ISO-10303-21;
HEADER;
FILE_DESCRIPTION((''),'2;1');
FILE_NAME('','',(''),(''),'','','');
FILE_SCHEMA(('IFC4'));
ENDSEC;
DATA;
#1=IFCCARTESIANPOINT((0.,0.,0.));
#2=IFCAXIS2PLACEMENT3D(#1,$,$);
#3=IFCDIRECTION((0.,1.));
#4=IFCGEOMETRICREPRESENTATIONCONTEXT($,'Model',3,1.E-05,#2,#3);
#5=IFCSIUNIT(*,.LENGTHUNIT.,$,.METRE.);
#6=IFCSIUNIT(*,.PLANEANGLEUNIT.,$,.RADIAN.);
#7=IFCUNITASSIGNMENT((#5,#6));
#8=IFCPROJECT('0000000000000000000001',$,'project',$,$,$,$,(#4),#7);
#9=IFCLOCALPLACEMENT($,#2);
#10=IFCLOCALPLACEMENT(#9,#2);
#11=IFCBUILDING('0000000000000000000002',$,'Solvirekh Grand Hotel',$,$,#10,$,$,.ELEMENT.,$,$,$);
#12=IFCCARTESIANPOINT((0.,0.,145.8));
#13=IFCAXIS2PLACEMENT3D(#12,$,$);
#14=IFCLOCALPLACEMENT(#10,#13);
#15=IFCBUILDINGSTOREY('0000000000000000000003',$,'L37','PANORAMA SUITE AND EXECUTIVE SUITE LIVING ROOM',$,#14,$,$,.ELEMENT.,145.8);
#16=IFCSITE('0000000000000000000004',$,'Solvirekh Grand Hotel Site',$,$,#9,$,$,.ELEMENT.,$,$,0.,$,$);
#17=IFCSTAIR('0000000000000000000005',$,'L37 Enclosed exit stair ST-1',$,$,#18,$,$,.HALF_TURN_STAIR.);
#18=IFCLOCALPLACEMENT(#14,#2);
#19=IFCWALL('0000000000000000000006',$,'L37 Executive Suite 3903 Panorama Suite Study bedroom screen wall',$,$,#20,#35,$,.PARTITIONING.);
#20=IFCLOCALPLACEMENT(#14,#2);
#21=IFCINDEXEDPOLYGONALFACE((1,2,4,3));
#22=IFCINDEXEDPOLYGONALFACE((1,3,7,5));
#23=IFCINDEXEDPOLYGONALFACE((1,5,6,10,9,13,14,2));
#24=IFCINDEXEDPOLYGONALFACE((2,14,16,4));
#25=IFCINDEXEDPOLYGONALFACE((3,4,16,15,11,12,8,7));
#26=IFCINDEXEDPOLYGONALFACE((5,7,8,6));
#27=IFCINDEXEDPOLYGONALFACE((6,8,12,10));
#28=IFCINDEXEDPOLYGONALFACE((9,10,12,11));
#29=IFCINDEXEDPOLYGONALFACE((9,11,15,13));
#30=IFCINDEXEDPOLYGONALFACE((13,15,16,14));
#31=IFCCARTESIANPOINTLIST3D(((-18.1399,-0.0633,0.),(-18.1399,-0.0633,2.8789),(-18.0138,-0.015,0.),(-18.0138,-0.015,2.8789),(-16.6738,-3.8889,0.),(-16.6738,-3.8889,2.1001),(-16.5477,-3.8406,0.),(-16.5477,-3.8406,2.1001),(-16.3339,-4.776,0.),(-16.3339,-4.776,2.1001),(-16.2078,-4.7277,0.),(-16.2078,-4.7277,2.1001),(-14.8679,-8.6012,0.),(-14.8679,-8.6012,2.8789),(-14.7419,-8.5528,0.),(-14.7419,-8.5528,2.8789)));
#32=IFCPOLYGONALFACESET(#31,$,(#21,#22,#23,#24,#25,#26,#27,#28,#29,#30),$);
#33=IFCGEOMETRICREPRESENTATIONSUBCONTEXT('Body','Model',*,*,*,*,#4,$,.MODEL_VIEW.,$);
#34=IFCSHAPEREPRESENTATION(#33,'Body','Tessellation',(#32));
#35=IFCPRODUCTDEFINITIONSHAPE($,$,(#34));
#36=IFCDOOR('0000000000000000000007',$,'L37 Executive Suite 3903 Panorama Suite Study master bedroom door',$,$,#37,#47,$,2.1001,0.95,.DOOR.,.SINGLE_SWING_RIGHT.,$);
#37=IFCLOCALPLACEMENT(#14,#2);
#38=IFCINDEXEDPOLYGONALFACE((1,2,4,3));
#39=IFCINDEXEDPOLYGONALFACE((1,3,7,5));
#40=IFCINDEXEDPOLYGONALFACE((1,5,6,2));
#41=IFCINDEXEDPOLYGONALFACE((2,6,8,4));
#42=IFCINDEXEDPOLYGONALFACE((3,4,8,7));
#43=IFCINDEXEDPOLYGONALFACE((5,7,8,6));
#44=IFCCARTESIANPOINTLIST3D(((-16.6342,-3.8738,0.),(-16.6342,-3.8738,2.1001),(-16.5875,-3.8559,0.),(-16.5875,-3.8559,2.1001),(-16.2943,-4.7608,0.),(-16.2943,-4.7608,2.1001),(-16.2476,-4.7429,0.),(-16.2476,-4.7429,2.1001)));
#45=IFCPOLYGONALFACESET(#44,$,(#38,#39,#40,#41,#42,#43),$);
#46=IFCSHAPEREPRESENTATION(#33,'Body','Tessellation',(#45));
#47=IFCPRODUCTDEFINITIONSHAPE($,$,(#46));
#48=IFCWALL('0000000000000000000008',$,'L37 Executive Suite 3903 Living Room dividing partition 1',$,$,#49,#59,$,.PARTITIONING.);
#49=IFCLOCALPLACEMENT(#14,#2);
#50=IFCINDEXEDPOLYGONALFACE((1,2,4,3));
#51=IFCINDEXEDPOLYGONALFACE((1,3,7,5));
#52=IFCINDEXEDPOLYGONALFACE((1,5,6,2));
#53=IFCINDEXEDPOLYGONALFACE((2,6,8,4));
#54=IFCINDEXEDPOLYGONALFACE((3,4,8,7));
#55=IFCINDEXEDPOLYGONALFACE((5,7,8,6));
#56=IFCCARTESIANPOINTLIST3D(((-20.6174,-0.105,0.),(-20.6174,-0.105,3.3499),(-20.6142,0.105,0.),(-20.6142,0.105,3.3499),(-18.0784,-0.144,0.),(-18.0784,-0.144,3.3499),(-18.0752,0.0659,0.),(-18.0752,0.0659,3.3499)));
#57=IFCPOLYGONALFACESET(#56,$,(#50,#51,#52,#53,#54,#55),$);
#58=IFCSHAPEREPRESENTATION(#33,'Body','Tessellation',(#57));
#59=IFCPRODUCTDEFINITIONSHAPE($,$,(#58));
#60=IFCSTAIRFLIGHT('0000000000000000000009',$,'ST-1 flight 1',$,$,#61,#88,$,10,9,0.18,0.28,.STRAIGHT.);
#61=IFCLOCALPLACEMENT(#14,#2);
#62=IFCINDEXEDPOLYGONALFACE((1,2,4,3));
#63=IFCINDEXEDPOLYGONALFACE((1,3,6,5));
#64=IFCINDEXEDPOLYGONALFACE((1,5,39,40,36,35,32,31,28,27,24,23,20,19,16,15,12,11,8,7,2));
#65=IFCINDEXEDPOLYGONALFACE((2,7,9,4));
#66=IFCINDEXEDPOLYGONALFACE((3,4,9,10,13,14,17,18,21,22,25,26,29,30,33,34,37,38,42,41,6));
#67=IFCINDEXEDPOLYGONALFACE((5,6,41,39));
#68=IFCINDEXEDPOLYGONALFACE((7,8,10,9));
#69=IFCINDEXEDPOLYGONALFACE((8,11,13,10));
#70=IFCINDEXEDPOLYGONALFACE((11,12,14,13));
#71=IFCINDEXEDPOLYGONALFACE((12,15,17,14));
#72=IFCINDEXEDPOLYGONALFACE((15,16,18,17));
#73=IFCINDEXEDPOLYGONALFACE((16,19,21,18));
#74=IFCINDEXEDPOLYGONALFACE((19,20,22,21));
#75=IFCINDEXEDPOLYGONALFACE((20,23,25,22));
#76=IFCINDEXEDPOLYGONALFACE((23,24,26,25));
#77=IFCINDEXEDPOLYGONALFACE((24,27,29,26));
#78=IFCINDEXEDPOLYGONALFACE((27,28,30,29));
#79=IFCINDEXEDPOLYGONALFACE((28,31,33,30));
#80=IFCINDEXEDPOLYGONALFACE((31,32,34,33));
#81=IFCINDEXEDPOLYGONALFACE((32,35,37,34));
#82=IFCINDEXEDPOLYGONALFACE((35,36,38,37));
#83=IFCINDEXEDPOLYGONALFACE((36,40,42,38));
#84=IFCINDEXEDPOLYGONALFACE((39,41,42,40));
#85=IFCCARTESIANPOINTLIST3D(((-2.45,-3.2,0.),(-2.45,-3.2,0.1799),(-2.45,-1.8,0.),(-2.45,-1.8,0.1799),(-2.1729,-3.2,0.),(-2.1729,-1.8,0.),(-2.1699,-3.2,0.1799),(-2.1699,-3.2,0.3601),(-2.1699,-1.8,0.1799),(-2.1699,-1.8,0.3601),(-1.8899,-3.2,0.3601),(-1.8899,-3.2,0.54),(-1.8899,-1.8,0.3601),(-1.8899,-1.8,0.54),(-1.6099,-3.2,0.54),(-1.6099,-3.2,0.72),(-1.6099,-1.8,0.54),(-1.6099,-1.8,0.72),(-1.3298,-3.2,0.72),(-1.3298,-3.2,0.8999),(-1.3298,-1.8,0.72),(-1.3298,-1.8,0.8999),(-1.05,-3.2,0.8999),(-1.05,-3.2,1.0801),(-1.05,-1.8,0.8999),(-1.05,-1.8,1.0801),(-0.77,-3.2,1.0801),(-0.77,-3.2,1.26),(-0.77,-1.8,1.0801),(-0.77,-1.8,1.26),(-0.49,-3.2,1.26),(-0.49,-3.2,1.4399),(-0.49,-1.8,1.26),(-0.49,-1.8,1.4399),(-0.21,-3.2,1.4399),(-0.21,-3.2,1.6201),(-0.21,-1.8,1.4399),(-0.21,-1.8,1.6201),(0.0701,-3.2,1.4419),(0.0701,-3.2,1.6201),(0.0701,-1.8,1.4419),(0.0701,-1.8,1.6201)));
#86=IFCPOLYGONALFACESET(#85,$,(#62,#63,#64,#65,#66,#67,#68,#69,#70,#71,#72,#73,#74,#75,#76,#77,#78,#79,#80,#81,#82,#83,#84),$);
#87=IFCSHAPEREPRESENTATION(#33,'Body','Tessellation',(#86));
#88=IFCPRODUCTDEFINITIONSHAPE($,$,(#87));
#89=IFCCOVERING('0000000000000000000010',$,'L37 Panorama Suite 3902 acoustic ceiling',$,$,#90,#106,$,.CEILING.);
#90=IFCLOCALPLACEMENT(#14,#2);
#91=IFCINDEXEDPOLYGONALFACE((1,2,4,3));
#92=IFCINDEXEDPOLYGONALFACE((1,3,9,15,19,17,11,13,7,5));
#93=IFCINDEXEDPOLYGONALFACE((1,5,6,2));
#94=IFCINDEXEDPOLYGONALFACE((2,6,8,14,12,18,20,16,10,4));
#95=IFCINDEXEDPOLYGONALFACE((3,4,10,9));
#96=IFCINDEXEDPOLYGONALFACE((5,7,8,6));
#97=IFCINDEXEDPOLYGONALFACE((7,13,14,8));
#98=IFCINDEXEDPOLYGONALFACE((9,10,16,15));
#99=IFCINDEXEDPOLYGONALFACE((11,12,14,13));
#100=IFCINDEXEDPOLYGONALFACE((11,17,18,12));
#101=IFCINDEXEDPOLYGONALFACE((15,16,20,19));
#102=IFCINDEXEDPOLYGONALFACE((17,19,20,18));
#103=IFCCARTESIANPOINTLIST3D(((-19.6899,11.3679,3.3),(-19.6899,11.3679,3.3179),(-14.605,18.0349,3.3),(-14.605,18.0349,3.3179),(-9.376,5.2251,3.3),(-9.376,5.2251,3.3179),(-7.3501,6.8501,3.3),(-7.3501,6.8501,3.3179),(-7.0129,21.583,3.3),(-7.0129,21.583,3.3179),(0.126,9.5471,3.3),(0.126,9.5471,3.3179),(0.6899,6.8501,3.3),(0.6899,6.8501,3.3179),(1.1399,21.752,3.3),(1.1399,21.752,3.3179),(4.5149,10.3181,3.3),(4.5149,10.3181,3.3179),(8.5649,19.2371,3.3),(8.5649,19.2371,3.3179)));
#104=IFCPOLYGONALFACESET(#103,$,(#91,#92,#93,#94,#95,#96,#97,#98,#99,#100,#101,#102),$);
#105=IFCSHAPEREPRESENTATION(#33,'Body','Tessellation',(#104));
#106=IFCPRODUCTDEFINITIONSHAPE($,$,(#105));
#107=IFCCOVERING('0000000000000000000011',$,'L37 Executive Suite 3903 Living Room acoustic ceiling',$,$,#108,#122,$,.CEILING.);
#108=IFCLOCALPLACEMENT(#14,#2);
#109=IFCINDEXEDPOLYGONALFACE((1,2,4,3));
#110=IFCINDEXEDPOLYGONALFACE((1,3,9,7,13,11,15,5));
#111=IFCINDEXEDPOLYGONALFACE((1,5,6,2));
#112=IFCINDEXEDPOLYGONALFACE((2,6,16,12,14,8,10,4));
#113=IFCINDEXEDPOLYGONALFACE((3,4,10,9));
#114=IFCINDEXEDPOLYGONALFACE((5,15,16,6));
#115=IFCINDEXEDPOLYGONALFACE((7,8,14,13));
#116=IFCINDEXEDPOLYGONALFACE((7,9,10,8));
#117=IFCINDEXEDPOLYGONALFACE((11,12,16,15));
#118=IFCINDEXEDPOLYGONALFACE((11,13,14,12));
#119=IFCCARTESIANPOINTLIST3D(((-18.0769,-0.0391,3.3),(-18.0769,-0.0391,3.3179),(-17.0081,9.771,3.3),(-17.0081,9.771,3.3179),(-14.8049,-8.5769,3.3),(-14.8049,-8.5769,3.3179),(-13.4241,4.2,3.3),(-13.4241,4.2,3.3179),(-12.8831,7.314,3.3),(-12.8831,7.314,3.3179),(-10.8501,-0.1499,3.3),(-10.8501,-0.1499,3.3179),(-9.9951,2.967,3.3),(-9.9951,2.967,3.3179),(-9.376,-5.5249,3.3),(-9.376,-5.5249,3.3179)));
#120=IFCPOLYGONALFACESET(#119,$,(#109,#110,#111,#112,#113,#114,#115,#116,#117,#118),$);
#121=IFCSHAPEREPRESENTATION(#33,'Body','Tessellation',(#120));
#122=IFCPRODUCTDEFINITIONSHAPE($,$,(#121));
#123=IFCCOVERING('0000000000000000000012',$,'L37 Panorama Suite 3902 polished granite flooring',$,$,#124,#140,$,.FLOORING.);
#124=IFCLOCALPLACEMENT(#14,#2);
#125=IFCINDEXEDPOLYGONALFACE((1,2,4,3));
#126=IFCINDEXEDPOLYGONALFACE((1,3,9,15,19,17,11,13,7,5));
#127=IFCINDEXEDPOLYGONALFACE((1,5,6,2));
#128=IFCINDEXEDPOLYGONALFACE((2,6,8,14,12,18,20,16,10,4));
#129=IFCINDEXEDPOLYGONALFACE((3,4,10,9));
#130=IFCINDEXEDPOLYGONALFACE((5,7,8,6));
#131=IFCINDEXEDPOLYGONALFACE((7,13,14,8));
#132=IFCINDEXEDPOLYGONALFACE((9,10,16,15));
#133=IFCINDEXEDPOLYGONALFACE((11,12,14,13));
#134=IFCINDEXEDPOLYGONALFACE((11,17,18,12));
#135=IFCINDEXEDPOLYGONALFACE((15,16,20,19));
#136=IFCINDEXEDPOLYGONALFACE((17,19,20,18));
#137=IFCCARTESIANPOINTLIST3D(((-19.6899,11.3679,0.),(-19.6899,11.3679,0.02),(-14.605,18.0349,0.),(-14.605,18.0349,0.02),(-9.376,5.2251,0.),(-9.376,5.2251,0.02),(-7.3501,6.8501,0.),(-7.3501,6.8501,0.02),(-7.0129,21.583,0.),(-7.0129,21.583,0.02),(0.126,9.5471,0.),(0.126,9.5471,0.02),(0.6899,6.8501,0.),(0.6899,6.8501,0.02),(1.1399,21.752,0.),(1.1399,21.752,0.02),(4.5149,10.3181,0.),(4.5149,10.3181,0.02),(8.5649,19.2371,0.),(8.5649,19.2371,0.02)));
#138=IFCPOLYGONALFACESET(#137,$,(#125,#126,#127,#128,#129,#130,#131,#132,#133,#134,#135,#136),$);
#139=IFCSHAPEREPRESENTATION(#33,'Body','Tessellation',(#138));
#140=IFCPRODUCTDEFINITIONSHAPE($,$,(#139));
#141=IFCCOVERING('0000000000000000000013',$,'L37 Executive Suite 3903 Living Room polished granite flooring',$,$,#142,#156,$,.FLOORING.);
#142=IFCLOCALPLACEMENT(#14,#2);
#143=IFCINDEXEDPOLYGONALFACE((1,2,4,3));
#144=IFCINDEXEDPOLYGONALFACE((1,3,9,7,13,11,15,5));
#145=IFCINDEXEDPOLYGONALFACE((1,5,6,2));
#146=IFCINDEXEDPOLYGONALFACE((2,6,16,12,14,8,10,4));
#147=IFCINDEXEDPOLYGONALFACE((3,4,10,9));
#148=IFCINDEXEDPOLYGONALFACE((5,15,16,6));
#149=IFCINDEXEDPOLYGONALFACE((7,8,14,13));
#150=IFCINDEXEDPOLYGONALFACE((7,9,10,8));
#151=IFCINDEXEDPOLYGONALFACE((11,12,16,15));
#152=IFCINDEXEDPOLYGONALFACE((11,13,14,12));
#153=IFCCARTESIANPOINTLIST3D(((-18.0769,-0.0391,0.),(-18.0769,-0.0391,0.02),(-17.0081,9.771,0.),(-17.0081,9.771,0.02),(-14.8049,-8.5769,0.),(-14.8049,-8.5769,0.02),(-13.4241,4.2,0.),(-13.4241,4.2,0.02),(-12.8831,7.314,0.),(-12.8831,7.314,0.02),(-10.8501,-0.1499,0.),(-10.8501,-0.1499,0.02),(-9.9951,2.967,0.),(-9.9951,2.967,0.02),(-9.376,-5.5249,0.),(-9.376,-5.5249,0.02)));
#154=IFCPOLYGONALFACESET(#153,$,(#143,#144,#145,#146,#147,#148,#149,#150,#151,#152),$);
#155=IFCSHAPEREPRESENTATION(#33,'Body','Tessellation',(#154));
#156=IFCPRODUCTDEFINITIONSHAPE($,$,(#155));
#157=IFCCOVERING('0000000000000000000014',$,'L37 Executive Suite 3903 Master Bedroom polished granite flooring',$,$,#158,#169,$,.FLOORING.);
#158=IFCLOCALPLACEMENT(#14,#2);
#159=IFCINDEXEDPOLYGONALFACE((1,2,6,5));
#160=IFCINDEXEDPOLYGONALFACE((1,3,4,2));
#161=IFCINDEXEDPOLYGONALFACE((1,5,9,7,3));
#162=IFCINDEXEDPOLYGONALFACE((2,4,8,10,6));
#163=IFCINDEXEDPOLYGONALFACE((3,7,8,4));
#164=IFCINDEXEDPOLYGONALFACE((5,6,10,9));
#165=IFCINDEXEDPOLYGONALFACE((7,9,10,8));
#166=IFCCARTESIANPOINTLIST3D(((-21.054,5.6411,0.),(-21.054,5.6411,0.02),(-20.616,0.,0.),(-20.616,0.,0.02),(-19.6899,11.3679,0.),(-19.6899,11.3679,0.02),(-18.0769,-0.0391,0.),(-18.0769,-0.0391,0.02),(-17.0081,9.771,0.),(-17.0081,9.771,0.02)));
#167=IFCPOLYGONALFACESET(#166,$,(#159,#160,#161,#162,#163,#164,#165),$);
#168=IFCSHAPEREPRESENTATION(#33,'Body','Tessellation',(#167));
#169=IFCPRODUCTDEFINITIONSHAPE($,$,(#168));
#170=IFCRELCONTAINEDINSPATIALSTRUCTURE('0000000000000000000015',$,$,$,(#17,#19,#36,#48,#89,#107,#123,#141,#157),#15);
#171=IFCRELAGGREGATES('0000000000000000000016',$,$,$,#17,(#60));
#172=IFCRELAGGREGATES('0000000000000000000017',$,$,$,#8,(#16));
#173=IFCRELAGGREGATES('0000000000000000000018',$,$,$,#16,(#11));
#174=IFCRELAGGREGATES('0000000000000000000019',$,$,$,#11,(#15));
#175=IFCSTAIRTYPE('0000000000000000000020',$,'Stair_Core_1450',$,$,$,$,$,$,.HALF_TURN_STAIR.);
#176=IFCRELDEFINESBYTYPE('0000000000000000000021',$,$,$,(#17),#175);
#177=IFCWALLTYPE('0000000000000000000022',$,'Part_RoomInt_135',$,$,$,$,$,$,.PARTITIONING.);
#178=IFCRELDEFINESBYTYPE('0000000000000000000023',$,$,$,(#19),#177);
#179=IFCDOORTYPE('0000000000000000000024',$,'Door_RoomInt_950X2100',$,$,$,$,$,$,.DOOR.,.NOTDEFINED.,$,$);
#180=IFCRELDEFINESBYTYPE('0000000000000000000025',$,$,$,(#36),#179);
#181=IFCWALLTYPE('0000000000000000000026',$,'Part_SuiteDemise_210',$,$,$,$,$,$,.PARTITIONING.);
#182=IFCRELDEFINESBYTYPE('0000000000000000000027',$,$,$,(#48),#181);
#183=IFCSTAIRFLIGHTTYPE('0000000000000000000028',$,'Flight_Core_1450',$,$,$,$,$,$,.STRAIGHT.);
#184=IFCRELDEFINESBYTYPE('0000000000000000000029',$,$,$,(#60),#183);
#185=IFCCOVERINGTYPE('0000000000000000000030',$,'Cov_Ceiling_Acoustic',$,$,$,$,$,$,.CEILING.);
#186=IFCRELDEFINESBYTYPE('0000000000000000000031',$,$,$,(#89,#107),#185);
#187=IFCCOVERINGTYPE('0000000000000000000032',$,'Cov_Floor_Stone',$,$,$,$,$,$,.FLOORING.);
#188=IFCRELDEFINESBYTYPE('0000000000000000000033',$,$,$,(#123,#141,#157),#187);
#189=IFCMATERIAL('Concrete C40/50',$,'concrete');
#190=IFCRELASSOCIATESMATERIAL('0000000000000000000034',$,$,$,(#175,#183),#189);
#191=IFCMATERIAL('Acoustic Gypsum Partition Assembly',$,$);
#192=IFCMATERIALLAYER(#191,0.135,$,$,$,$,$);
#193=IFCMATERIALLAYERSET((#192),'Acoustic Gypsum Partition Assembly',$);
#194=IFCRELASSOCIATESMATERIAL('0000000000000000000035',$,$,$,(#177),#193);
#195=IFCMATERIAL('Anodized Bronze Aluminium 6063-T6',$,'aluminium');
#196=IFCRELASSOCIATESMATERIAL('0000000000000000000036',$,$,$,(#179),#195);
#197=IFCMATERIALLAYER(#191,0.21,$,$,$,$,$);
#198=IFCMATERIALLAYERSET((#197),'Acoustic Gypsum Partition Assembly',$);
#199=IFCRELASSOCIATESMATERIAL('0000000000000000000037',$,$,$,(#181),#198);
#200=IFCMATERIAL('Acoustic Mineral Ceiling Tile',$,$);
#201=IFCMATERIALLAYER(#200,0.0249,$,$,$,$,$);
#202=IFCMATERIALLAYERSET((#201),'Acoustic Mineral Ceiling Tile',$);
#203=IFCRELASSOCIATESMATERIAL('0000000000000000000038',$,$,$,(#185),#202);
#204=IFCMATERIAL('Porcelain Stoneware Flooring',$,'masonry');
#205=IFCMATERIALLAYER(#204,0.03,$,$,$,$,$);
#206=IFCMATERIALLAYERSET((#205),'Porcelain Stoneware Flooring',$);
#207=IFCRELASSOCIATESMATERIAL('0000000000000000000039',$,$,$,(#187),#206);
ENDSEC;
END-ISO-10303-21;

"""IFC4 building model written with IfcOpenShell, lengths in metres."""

from ifc_helpers import new_model, si_unit, direction, frame, frame_2d, origin, place, context, subcontext, project, spatial, polyline, rectangle, outline, extrude, material, layer, layer_set, type_object, element, fill, aggregate, save


model = new_model("IFC4")

# Units and contexts
model_context = context("Model", 3, precision=1e-05, world=origin(), true_north=direction((0.0, 1.0)))
body_context = subcontext(model_context, "Body", "Model", "MODEL_VIEW")
ifc_project = project(units=[si_unit("LENGTHUNIT", "METRE"), si_unit("PLANEANGLEUNIT", "RADIAN")], contexts=[model_context])

# Site, building, storey
site_placement = place(None, origin())
site = spatial("IfcSite", under=ifc_project, at=site_placement, Name="Solvirekh Grand Hotel Site", CompositionType="ELEMENT", RefElevation=0.0)
building_placement = place(site_placement, origin())
building = spatial("IfcBuilding", under=site, at=building_placement, Name="Solvirekh Grand Hotel", CompositionType="ELEMENT")
storey_placement = place(building_placement, frame((0.0, 0.0, 145.8)))
storey = spatial("IfcBuildingStorey", under=building, at=storey_placement, Name="L37", Description="PANORAMA SUITE AND EXECUTIVE SUITE LIVING ROOM", CompositionType="ELEMENT", Elevation=145.8)

# Shared definitions
ifc_material_1 = material(Name="Anodized Bronze Aluminium 6063-T6", Category="aluminium")

# Stair
ifc_material_2 = material(Name="Concrete C40/50", Category="concrete")
stair_type = type_object("IfcStairType", Name="Stair_Core_1450", PredefinedType="HALF_TURN_STAIR", material=ifc_material_2)
stair_1_placement = place(storey_placement, origin())
stair_1 = element("IfcStair", 1, at=stair_1_placement, inside=storey, type_object=stair_type, Name="L37 Enclosed exit stair ST-1", PredefinedType="HALF_TURN_STAIR")

# Shared definitions
ifc_material_3 = material(Name="Acoustic Gypsum Partition Assembly")

# Wall, opening, door
ifc_layer_1 = layer(ifc_material_3, 0.135)
ifc_layer_set_1 = layer_set([ifc_layer_1], Name="Acoustic Gypsum Partition Assembly")
wall_type_1 = type_object("IfcWallType", Name="Part_RoomInt_135", PredefinedType="PARTITIONING", material=ifc_layer_set_1)
wall_1_placement = place(storey_placement, frame((-18.0769, -0.0391, 0.0), z_axis=(0.0, 0.0, 1.0), x_axis=(0.357853, -0.933778, 0.0)))
wall_1 = element("IfcWall", 2, at=wall_1_placement, inside=storey, type_object=wall_type_1, Name="L37 Executive Suite 3903 Panorama Suite Study bedroom screen wall", PredefinedType="PARTITIONING", context=body_context, shape_type="SweptSolid", body=[
    extrude(rectangle(XDim=9.1433, YDim=0.135, at=frame_2d((4.5718, 0.0))), origin(), (0.0, 0.0, 1.0), 2.8789),
])
opening_1_placement = place(wall_1_placement, frame((4.0969, 0.0, 0.0)))
opening_1 = element("IfcOpeningElement", 3, at=opening_1_placement, cuts=wall_1, PredefinedType="OPENING", context=body_context, shape_type="SweptSolid", body=[
    extrude(rectangle(XDim=0.95, YDim=2.1001, at=frame_2d((0.4751, 1.05))), frame((0.0, 0.0776, 0.0), z_axis=(0.0, -1.0, 0.0), x_axis=(1.0, 0.0, 0.0)), (0.0, 0.0, 1.0), 0.155),
])
door_type_1 = type_object("IfcDoorType", Name="Door_RoomInt_950X2100", OperationType="NOTDEFINED", PredefinedType="DOOR", material=ifc_material_1)
door_1_placement = place(opening_1_placement, origin())
door_1 = element("IfcDoor", 4, at=door_1_placement, inside=storey, type_object=door_type_1, Name="L37 Executive Suite 3903 Panorama Suite Study master bedroom door", OperationType="SINGLE_SWING_RIGHT", OverallHeight=2.1001, OverallWidth=0.95, PredefinedType="DOOR", context=body_context, shape_type="SweptSolid", body=[
    extrude(rectangle(XDim=0.95, YDim=2.1001, at=frame_2d((0.4751, 1.05))), frame((0.0, 0.0249, 0.0), z_axis=(0.0, -1.0, 0.0), x_axis=(1.0, 0.0, 0.0)), (0.0, 0.0, 1.0), 0.05),
])
fill(opening_1, door_1)

# Wall
ifc_layer_2 = layer(ifc_material_3, 0.21)
ifc_layer_set_2 = layer_set([ifc_layer_2], Name="Acoustic Gypsum Partition Assembly")
wall_type_2 = type_object("IfcWallType", Name="Part_SuiteDemise_210", PredefinedType="PARTITIONING", material=ifc_layer_set_2)
wall_2_placement = place(storey_placement, frame((-18.0769, -0.0391, 0.0), z_axis=(0.0, 0.0, 1.0), x_axis=(-0.999882, 0.015383, 0.0)))
element("IfcWall", 5, at=wall_2_placement, inside=storey, type_object=wall_type_2, Name="L37 Executive Suite 3903 Living Room dividing partition 1", PredefinedType="PARTITIONING", context=body_context, shape_type="SweptSolid", body=[
    extrude(rectangle(XDim=2.5393, YDim=0.21, at=frame_2d((1.2695, 0.0))), origin(), (0.0, 0.0, 1.0), 3.3499),
])

# Stair flight
stair_flight_type = type_object("IfcStairFlightType", Name="Flight_Core_1450", PredefinedType="STRAIGHT", material=ifc_material_2)
stair_flight_placement = place(storey_placement, frame((-2.45, -2.5, 0.0), z_axis=(0.0, 0.0, 1.0), x_axis=(1.0, 0.0, 0.0)))
stair_flight = element("IfcStairFlight", 6, at=stair_flight_placement, type_object=stair_flight_type, Name="ST-1 flight 1", NumberOfRisers=10, NumberOfTreads=9, PredefinedType="STRAIGHT", RiserHeight=0.18, TreadLength=0.28, context=body_context, shape_type="SweptSolid", body=[
    extrude(outline(polyline([(0.0, 0.0), (0.0, 0.1799), (0.28, 0.1799), (0.28, 0.3601), (0.5601, 0.3601), (0.5601, 0.54), (0.8401, 0.54), (0.8401, 0.72), (1.1201, 0.72), (1.1201, 0.8999), (1.3999, 0.8999), (1.3999, 1.0801), (1.6799, 1.0801), (1.6799, 1.26), (1.96, 1.26), (1.96, 1.4399), (2.24, 1.4399), (2.24, 1.6201), (2.52, 1.6201), (2.52, 1.8), (2.52, 1.4419), (0.2771, 0.0), (0.0, 0.0)])), frame((0.0, 0.7, 0.0), z_axis=(0.0, -1.0, 0.0), x_axis=(1.0, 0.0, 0.0)), (0.0, 0.0, 1.0), 1.3999),
])
aggregate(stair_1, [stair_flight])

# Coverings
ifc_material_4 = material(Name="Acoustic Mineral Ceiling Tile")
ifc_layer_3 = layer(ifc_material_4, 0.0249)
ifc_layer_set_3 = layer_set([ifc_layer_3], Name="Acoustic Mineral Ceiling Tile")
covering_type_1 = type_object("IfcCoveringType", Name="Cov_Ceiling_Acoustic", PredefinedType="CEILING", material=ifc_layer_set_3)
covering_1_placement = place(storey_placement, frame((0.0, 0.0, 3.3)))
element("IfcCovering", 7, at=covering_1_placement, inside=storey, type_object=covering_type_1, Name="L37 Panorama Suite 3902 acoustic ceiling", PredefinedType="CEILING", context=body_context, shape_type="SweptSolid", body=[
    extrude(outline(polyline([(0.6899, 6.8501), (0.126, 9.5471), (4.5149, 10.3181), (8.5649, 19.2371), (1.1399, 21.752), (-7.0129, 21.583), (-14.605, 18.0349), (-19.6899, 11.3679), (-9.376, 5.2251), (-7.3501, 6.8501), (0.6899, 6.8501)])), origin(), (0.0, 0.0, 1.0), 0.0178),
])
covering_2_placement = place(storey_placement, frame((0.0, 0.0, 3.3)))
element("IfcCovering", 8, at=covering_2_placement, inside=storey, type_object=covering_type_1, Name="L37 Executive Suite 3903 Living Room acoustic ceiling", PredefinedType="CEILING", context=body_context, shape_type="SweptSolid", body=[
    extrude(outline(polyline([(-13.4241, 4.2), (-12.8831, 7.314), (-17.0081, 9.771), (-18.0769, -0.0391), (-14.8049, -8.5769), (-9.376, -5.5249), (-10.8501, -0.1499), (-9.9951, 2.967), (-13.4241, 4.2)])), origin(), (0.0, 0.0, 1.0), 0.0178),
])
ifc_material_5 = material(Name="Porcelain Stoneware Flooring", Category="masonry")
ifc_layer_4 = layer(ifc_material_5, 0.03)
ifc_layer_set_4 = layer_set([ifc_layer_4], Name="Porcelain Stoneware Flooring")
covering_type_2 = type_object("IfcCoveringType", Name="Cov_Floor_Stone", PredefinedType="FLOORING", material=ifc_layer_set_4)
covering_3_placement = place(storey_placement, origin())
element("IfcCovering", 9, at=covering_3_placement, inside=storey, type_object=covering_type_2, Name="L37 Panorama Suite 3902 polished granite flooring", PredefinedType="FLOORING", context=body_context, shape_type="SweptSolid", body=[
    extrude(outline(polyline([(0.6899, 6.8501), (0.126, 9.5471), (4.5149, 10.3181), (8.5649, 19.2371), (1.1399, 21.752), (-7.0129, 21.583), (-14.605, 18.0349), (-19.6899, 11.3679), (-9.376, 5.2251), (-7.3501, 6.8501), (0.6899, 6.8501)])), origin(), (0.0, 0.0, 1.0), 0.02),
])
covering_4_placement = place(storey_placement, origin())
element("IfcCovering", 10, at=covering_4_placement, inside=storey, type_object=covering_type_2, Name="L37 Executive Suite 3903 Living Room polished granite flooring", PredefinedType="FLOORING", context=body_context, shape_type="SweptSolid", body=[
    extrude(outline(polyline([(-13.4241, 4.2), (-12.8831, 7.314), (-17.0081, 9.771), (-18.0769, -0.0391), (-14.8049, -8.5769), (-9.376, -5.5249), (-10.8501, -0.1499), (-9.9951, 2.967), (-13.4241, 4.2)])), origin(), (0.0, 0.0, 1.0), 0.02),
])
covering_5_placement = place(storey_placement, origin())
element("IfcCovering", 11, at=covering_5_placement, inside=storey, type_object=covering_type_2, Name="L37 Executive Suite 3903 Master Bedroom polished granite flooring", PredefinedType="FLOORING", context=body_context, shape_type="SweptSolid", body=[
    extrude(outline(polyline([(-19.6899, 11.3679), (-21.054, 5.6411), (-20.616, 0.0), (-18.0769, -0.0391), (-17.0081, 9.771), (-19.6899, 11.3679)])), origin(), (0.0, 0.0, 1.0), 0.02),
])

save(model, "model.ifc")
